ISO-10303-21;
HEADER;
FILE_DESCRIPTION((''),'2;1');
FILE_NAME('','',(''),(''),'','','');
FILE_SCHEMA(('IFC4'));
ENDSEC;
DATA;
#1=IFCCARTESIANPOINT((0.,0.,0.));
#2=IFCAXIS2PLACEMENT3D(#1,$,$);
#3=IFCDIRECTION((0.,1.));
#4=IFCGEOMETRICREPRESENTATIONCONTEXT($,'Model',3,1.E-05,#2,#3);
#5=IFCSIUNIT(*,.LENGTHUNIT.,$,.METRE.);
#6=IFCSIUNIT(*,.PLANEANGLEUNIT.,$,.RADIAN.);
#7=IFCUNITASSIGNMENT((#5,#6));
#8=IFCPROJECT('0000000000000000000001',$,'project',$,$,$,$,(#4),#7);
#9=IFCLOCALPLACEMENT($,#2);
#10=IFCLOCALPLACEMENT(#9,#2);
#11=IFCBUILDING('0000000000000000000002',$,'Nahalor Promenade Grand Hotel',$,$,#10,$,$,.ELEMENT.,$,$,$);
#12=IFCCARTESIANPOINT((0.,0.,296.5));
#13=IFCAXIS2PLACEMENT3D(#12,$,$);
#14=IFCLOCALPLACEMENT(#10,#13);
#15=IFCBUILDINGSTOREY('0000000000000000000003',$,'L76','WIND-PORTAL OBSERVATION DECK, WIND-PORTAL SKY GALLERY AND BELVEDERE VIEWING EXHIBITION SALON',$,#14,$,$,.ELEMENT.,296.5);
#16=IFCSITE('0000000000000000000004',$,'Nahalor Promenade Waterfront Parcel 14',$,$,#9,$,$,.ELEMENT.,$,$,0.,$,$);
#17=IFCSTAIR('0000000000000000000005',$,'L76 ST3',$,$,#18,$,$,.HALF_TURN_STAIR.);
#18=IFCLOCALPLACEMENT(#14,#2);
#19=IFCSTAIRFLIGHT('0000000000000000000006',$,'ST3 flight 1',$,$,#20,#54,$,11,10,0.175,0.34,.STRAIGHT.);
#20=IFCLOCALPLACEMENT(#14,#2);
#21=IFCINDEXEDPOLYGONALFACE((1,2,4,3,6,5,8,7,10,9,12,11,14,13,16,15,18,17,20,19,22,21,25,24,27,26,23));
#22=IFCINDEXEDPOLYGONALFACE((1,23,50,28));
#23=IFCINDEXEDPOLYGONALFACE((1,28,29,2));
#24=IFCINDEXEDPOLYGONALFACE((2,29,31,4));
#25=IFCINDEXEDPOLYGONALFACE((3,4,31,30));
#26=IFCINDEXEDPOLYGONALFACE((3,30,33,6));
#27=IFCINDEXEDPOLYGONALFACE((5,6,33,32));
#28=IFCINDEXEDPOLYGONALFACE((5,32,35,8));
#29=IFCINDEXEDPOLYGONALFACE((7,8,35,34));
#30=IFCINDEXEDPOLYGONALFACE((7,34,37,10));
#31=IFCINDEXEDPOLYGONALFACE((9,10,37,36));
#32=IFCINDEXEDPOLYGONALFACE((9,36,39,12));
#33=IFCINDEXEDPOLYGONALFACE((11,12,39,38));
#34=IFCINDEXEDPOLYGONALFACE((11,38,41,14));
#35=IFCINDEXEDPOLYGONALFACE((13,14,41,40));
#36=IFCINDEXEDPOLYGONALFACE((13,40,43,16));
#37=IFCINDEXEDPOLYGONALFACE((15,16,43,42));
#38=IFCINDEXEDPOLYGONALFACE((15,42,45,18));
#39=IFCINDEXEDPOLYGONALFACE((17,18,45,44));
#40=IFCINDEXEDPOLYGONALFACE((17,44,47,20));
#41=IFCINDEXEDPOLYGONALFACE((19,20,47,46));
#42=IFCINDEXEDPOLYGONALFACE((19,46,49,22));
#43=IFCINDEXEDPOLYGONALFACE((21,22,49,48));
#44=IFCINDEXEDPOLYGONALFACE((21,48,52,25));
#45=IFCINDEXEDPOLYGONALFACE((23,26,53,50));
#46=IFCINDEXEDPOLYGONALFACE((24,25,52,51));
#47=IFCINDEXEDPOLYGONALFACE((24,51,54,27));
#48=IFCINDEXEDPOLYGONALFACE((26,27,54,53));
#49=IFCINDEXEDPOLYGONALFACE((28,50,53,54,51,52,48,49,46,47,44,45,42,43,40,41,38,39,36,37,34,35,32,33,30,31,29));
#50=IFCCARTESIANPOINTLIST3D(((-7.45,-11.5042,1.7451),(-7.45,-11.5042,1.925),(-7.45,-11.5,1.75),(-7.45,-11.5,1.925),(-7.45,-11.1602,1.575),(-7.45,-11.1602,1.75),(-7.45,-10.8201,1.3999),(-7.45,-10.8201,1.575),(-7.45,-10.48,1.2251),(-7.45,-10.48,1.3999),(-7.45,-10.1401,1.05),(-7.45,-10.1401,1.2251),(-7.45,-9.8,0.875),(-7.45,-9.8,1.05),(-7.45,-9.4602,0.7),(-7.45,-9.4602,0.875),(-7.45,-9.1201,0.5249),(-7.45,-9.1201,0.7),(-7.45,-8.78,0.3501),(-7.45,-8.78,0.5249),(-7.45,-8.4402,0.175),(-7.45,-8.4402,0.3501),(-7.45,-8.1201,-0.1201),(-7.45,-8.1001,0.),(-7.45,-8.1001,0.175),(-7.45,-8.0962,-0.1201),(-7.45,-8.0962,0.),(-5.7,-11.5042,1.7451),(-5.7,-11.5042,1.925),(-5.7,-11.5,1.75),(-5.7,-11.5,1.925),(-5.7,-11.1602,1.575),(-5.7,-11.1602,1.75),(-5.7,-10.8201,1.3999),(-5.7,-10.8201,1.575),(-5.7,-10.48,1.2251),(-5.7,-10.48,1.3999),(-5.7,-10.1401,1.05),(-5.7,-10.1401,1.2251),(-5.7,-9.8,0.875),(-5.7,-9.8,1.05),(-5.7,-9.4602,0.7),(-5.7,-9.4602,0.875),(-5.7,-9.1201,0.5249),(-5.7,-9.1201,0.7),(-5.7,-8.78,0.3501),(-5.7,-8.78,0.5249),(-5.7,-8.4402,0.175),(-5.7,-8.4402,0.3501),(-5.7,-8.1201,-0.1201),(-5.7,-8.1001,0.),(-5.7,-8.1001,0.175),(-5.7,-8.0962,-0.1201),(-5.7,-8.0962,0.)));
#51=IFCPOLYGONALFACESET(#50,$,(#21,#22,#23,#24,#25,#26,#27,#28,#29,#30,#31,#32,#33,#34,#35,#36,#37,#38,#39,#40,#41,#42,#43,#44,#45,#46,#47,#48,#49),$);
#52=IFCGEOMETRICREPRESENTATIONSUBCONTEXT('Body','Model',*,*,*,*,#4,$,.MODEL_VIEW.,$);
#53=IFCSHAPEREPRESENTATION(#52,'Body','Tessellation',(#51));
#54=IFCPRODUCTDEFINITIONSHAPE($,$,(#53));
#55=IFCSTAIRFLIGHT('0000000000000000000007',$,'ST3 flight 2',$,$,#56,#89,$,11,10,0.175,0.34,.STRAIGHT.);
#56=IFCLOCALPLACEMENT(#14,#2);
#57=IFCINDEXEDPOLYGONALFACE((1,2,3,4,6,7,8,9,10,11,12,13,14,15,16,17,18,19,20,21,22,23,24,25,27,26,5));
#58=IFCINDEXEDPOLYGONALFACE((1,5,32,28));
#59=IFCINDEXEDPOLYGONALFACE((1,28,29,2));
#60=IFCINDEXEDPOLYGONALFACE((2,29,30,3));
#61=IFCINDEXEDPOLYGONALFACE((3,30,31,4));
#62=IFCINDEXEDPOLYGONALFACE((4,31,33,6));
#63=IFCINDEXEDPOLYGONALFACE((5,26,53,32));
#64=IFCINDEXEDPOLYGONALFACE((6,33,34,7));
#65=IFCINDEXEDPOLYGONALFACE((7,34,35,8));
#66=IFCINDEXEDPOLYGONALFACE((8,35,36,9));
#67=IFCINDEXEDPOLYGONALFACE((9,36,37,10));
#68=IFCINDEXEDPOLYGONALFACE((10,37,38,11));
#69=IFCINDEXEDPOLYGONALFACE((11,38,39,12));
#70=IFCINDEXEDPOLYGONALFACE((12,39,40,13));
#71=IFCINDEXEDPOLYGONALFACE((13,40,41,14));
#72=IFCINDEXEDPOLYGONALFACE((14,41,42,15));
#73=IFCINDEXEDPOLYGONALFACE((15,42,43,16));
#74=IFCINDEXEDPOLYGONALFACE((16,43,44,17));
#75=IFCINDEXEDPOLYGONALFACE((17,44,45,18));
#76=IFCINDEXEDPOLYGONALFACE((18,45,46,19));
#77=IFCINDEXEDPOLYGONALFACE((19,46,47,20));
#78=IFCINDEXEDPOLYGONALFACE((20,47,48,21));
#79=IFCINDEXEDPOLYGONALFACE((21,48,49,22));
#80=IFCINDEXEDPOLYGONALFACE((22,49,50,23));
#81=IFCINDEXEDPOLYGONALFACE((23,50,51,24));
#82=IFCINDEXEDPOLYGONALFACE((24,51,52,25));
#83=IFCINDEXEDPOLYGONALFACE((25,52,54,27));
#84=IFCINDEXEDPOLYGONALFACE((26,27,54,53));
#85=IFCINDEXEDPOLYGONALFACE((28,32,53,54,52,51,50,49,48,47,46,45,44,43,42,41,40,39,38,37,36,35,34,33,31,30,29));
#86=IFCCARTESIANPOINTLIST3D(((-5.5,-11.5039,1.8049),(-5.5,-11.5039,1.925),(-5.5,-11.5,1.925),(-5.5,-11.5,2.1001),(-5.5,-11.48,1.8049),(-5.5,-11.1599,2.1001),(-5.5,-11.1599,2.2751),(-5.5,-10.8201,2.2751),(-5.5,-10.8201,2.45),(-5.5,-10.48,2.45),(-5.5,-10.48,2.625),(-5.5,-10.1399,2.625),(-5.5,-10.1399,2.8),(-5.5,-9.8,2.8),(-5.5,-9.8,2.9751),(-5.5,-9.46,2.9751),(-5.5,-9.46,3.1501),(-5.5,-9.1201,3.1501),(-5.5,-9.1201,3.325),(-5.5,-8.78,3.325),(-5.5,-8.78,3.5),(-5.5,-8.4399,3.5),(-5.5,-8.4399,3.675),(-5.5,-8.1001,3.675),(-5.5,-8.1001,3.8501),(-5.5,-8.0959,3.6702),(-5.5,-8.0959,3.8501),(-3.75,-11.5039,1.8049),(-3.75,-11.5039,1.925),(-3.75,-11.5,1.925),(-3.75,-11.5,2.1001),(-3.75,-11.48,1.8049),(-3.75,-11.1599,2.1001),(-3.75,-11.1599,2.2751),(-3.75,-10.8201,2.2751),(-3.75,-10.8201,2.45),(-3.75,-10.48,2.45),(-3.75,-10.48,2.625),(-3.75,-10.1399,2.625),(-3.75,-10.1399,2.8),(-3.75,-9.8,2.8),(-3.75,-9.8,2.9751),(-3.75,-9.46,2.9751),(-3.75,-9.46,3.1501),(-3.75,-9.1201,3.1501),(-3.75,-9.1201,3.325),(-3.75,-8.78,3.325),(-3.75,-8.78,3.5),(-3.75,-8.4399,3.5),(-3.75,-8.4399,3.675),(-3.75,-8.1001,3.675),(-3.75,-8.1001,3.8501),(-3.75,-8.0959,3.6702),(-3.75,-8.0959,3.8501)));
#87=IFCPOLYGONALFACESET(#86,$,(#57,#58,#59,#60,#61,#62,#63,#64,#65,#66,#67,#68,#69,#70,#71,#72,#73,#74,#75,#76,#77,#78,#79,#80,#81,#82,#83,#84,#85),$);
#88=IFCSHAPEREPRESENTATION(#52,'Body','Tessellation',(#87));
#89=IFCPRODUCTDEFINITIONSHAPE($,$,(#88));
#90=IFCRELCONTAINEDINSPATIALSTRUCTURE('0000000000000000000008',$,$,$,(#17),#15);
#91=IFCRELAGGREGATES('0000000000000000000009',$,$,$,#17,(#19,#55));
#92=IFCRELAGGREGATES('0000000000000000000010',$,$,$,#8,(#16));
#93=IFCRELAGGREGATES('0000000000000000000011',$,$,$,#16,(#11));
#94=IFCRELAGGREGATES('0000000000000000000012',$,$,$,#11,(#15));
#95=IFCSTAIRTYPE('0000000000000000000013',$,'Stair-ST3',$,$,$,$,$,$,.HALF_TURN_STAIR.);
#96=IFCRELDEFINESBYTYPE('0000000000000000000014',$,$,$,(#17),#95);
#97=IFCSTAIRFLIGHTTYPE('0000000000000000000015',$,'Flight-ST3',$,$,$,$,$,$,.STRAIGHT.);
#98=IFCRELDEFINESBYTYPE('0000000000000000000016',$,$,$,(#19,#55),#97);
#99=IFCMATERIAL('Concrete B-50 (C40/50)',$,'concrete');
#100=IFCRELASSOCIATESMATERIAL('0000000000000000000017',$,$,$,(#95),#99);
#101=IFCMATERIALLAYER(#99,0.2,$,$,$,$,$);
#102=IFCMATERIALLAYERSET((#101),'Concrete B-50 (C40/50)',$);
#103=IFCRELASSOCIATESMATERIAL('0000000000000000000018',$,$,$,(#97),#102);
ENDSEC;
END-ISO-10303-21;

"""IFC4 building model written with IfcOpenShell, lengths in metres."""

from ifc_helpers import new_model, si_unit, direction, frame, origin, place, context, subcontext, project, spatial, polyline, outline, extrude, source, transform, mapped, material, layer, layer_set, type_object, element, aggregate, save


model = new_model("IFC4")

# Units and contexts
model_context = context("Model", 3, precision=1e-05, world=origin(), true_north=direction((0.0, 1.0)))
body_context = subcontext(model_context, "Body", "Model", "MODEL_VIEW")
ifc_project = project(units=[si_unit("LENGTHUNIT", "METRE"), si_unit("PLANEANGLEUNIT", "RADIAN")], contexts=[model_context])

# Site, building, storey
site_placement = place(None, origin())
site = spatial("IfcSite", under=ifc_project, at=site_placement, Name="Nahalor Promenade Waterfront Parcel 14", CompositionType="ELEMENT", RefElevation=0.0)
building_placement = place(site_placement, origin())
building = spatial("IfcBuilding", under=site, at=building_placement, Name="Nahalor Promenade Grand Hotel", CompositionType="ELEMENT")
storey_placement = place(building_placement, frame((0.0, 0.0, 296.5)))
storey = spatial("IfcBuildingStorey", under=building, at=storey_placement, Name="L76", Description="WIND-PORTAL OBSERVATION DECK, WIND-PORTAL SKY GALLERY AND BELVEDERE VIEWING EXHIBITION SALON", CompositionType="ELEMENT", Elevation=296.5)

# Shared definitions
ifc_material_1 = material(Name="Concrete B-50 (C40/50)", Category="concrete")

# Stair, stair flights
stair_type = type_object("IfcStairType", Name="Stair-ST3", PredefinedType="HALF_TURN_STAIR", material=ifc_material_1)
stair_placement = place(storey_placement, origin())
stair = element("IfcStair", 1, at=stair_placement, inside=storey, type_object=stair_type, Name="L76 ST3", PredefinedType="HALF_TURN_STAIR")
ifc_layer_1 = layer(ifc_material_1, 0.2)
ifc_layer_set_1 = layer_set([ifc_layer_1], Name="Concrete B-50 (C40/50)")
stair_flight_type = type_object("IfcStairFlightType", Name="Flight-ST3", PredefinedType="STRAIGHT", material=ifc_layer_set_1)
shared_shape_1 = source(origin(), body_context, "Body", "SweptSolid", [
    extrude(outline(polyline([(-0.0039, -0.1201), (-0.0039, 0.0), (0.0, 0.0), (0.0, 0.175), (0.3401, 0.175), (0.3401, 0.3501), (0.6799, 0.3501), (0.6799, 0.5249), (1.02, 0.5249), (1.02, 0.7), (1.3601, 0.7), (1.3601, 0.875), (1.7, 0.875), (1.7, 1.05), (2.04, 1.05), (2.04, 1.2251), (2.3799, 1.2251), (2.3799, 1.3999), (2.72, 1.3999), (2.72, 1.575), (3.0601, 1.575), (3.0601, 1.75), (3.3999, 1.75), (3.3999, 1.925), (3.4041, 1.925), (3.4041, 1.7451), (0.02, -0.1201), (-0.0039, -0.1201)])), frame((0.0, 0.875, 0.0), z_axis=(0.0, -1.0, 0.0), x_axis=(1.0, 0.0, 0.0)), (0.0, 0.0, 1.0), 1.75),
])
stair_flight_1_placement = place(storey_placement, frame((-6.575, -8.1001, 0.0), z_axis=(0.0, 0.0, 1.0), x_axis=(0.0, -1.0, 0.0)))
stair_flight_1 = element("IfcStairFlight", 2, at=stair_flight_1_placement, type_object=stair_flight_type, Name="ST3 flight 1", NumberOfRisers=11, NumberOfTreads=10, PredefinedType="STRAIGHT", RiserHeight=0.175, TreadLength=0.34, context=body_context, shape_type="MappedRepresentation", body=[
    mapped(shared_shape_1, transform((0.0, 0.0, 0.0), scale=1.0)),
])
stair_flight_2_placement = place(storey_placement, frame((-4.625, -11.5, 1.925), z_axis=(0.0, 0.0, 1.0), x_axis=(0.0, 1.0, 0.0)))
stair_flight_2 = element("IfcStairFlight", 3, at=stair_flight_2_placement, type_object=stair_flight_type, Name="ST3 flight 2", NumberOfRisers=11, NumberOfTreads=10, PredefinedType="STRAIGHT", RiserHeight=0.175, TreadLength=0.34, context=body_context, shape_type="MappedRepresentation", body=[
    mapped(shared_shape_1, transform((0.0, 0.0, 0.0), scale=1.0)),
])
aggregate(stair, [stair_flight_1, stair_flight_2])

save(model, "model.ifc")
